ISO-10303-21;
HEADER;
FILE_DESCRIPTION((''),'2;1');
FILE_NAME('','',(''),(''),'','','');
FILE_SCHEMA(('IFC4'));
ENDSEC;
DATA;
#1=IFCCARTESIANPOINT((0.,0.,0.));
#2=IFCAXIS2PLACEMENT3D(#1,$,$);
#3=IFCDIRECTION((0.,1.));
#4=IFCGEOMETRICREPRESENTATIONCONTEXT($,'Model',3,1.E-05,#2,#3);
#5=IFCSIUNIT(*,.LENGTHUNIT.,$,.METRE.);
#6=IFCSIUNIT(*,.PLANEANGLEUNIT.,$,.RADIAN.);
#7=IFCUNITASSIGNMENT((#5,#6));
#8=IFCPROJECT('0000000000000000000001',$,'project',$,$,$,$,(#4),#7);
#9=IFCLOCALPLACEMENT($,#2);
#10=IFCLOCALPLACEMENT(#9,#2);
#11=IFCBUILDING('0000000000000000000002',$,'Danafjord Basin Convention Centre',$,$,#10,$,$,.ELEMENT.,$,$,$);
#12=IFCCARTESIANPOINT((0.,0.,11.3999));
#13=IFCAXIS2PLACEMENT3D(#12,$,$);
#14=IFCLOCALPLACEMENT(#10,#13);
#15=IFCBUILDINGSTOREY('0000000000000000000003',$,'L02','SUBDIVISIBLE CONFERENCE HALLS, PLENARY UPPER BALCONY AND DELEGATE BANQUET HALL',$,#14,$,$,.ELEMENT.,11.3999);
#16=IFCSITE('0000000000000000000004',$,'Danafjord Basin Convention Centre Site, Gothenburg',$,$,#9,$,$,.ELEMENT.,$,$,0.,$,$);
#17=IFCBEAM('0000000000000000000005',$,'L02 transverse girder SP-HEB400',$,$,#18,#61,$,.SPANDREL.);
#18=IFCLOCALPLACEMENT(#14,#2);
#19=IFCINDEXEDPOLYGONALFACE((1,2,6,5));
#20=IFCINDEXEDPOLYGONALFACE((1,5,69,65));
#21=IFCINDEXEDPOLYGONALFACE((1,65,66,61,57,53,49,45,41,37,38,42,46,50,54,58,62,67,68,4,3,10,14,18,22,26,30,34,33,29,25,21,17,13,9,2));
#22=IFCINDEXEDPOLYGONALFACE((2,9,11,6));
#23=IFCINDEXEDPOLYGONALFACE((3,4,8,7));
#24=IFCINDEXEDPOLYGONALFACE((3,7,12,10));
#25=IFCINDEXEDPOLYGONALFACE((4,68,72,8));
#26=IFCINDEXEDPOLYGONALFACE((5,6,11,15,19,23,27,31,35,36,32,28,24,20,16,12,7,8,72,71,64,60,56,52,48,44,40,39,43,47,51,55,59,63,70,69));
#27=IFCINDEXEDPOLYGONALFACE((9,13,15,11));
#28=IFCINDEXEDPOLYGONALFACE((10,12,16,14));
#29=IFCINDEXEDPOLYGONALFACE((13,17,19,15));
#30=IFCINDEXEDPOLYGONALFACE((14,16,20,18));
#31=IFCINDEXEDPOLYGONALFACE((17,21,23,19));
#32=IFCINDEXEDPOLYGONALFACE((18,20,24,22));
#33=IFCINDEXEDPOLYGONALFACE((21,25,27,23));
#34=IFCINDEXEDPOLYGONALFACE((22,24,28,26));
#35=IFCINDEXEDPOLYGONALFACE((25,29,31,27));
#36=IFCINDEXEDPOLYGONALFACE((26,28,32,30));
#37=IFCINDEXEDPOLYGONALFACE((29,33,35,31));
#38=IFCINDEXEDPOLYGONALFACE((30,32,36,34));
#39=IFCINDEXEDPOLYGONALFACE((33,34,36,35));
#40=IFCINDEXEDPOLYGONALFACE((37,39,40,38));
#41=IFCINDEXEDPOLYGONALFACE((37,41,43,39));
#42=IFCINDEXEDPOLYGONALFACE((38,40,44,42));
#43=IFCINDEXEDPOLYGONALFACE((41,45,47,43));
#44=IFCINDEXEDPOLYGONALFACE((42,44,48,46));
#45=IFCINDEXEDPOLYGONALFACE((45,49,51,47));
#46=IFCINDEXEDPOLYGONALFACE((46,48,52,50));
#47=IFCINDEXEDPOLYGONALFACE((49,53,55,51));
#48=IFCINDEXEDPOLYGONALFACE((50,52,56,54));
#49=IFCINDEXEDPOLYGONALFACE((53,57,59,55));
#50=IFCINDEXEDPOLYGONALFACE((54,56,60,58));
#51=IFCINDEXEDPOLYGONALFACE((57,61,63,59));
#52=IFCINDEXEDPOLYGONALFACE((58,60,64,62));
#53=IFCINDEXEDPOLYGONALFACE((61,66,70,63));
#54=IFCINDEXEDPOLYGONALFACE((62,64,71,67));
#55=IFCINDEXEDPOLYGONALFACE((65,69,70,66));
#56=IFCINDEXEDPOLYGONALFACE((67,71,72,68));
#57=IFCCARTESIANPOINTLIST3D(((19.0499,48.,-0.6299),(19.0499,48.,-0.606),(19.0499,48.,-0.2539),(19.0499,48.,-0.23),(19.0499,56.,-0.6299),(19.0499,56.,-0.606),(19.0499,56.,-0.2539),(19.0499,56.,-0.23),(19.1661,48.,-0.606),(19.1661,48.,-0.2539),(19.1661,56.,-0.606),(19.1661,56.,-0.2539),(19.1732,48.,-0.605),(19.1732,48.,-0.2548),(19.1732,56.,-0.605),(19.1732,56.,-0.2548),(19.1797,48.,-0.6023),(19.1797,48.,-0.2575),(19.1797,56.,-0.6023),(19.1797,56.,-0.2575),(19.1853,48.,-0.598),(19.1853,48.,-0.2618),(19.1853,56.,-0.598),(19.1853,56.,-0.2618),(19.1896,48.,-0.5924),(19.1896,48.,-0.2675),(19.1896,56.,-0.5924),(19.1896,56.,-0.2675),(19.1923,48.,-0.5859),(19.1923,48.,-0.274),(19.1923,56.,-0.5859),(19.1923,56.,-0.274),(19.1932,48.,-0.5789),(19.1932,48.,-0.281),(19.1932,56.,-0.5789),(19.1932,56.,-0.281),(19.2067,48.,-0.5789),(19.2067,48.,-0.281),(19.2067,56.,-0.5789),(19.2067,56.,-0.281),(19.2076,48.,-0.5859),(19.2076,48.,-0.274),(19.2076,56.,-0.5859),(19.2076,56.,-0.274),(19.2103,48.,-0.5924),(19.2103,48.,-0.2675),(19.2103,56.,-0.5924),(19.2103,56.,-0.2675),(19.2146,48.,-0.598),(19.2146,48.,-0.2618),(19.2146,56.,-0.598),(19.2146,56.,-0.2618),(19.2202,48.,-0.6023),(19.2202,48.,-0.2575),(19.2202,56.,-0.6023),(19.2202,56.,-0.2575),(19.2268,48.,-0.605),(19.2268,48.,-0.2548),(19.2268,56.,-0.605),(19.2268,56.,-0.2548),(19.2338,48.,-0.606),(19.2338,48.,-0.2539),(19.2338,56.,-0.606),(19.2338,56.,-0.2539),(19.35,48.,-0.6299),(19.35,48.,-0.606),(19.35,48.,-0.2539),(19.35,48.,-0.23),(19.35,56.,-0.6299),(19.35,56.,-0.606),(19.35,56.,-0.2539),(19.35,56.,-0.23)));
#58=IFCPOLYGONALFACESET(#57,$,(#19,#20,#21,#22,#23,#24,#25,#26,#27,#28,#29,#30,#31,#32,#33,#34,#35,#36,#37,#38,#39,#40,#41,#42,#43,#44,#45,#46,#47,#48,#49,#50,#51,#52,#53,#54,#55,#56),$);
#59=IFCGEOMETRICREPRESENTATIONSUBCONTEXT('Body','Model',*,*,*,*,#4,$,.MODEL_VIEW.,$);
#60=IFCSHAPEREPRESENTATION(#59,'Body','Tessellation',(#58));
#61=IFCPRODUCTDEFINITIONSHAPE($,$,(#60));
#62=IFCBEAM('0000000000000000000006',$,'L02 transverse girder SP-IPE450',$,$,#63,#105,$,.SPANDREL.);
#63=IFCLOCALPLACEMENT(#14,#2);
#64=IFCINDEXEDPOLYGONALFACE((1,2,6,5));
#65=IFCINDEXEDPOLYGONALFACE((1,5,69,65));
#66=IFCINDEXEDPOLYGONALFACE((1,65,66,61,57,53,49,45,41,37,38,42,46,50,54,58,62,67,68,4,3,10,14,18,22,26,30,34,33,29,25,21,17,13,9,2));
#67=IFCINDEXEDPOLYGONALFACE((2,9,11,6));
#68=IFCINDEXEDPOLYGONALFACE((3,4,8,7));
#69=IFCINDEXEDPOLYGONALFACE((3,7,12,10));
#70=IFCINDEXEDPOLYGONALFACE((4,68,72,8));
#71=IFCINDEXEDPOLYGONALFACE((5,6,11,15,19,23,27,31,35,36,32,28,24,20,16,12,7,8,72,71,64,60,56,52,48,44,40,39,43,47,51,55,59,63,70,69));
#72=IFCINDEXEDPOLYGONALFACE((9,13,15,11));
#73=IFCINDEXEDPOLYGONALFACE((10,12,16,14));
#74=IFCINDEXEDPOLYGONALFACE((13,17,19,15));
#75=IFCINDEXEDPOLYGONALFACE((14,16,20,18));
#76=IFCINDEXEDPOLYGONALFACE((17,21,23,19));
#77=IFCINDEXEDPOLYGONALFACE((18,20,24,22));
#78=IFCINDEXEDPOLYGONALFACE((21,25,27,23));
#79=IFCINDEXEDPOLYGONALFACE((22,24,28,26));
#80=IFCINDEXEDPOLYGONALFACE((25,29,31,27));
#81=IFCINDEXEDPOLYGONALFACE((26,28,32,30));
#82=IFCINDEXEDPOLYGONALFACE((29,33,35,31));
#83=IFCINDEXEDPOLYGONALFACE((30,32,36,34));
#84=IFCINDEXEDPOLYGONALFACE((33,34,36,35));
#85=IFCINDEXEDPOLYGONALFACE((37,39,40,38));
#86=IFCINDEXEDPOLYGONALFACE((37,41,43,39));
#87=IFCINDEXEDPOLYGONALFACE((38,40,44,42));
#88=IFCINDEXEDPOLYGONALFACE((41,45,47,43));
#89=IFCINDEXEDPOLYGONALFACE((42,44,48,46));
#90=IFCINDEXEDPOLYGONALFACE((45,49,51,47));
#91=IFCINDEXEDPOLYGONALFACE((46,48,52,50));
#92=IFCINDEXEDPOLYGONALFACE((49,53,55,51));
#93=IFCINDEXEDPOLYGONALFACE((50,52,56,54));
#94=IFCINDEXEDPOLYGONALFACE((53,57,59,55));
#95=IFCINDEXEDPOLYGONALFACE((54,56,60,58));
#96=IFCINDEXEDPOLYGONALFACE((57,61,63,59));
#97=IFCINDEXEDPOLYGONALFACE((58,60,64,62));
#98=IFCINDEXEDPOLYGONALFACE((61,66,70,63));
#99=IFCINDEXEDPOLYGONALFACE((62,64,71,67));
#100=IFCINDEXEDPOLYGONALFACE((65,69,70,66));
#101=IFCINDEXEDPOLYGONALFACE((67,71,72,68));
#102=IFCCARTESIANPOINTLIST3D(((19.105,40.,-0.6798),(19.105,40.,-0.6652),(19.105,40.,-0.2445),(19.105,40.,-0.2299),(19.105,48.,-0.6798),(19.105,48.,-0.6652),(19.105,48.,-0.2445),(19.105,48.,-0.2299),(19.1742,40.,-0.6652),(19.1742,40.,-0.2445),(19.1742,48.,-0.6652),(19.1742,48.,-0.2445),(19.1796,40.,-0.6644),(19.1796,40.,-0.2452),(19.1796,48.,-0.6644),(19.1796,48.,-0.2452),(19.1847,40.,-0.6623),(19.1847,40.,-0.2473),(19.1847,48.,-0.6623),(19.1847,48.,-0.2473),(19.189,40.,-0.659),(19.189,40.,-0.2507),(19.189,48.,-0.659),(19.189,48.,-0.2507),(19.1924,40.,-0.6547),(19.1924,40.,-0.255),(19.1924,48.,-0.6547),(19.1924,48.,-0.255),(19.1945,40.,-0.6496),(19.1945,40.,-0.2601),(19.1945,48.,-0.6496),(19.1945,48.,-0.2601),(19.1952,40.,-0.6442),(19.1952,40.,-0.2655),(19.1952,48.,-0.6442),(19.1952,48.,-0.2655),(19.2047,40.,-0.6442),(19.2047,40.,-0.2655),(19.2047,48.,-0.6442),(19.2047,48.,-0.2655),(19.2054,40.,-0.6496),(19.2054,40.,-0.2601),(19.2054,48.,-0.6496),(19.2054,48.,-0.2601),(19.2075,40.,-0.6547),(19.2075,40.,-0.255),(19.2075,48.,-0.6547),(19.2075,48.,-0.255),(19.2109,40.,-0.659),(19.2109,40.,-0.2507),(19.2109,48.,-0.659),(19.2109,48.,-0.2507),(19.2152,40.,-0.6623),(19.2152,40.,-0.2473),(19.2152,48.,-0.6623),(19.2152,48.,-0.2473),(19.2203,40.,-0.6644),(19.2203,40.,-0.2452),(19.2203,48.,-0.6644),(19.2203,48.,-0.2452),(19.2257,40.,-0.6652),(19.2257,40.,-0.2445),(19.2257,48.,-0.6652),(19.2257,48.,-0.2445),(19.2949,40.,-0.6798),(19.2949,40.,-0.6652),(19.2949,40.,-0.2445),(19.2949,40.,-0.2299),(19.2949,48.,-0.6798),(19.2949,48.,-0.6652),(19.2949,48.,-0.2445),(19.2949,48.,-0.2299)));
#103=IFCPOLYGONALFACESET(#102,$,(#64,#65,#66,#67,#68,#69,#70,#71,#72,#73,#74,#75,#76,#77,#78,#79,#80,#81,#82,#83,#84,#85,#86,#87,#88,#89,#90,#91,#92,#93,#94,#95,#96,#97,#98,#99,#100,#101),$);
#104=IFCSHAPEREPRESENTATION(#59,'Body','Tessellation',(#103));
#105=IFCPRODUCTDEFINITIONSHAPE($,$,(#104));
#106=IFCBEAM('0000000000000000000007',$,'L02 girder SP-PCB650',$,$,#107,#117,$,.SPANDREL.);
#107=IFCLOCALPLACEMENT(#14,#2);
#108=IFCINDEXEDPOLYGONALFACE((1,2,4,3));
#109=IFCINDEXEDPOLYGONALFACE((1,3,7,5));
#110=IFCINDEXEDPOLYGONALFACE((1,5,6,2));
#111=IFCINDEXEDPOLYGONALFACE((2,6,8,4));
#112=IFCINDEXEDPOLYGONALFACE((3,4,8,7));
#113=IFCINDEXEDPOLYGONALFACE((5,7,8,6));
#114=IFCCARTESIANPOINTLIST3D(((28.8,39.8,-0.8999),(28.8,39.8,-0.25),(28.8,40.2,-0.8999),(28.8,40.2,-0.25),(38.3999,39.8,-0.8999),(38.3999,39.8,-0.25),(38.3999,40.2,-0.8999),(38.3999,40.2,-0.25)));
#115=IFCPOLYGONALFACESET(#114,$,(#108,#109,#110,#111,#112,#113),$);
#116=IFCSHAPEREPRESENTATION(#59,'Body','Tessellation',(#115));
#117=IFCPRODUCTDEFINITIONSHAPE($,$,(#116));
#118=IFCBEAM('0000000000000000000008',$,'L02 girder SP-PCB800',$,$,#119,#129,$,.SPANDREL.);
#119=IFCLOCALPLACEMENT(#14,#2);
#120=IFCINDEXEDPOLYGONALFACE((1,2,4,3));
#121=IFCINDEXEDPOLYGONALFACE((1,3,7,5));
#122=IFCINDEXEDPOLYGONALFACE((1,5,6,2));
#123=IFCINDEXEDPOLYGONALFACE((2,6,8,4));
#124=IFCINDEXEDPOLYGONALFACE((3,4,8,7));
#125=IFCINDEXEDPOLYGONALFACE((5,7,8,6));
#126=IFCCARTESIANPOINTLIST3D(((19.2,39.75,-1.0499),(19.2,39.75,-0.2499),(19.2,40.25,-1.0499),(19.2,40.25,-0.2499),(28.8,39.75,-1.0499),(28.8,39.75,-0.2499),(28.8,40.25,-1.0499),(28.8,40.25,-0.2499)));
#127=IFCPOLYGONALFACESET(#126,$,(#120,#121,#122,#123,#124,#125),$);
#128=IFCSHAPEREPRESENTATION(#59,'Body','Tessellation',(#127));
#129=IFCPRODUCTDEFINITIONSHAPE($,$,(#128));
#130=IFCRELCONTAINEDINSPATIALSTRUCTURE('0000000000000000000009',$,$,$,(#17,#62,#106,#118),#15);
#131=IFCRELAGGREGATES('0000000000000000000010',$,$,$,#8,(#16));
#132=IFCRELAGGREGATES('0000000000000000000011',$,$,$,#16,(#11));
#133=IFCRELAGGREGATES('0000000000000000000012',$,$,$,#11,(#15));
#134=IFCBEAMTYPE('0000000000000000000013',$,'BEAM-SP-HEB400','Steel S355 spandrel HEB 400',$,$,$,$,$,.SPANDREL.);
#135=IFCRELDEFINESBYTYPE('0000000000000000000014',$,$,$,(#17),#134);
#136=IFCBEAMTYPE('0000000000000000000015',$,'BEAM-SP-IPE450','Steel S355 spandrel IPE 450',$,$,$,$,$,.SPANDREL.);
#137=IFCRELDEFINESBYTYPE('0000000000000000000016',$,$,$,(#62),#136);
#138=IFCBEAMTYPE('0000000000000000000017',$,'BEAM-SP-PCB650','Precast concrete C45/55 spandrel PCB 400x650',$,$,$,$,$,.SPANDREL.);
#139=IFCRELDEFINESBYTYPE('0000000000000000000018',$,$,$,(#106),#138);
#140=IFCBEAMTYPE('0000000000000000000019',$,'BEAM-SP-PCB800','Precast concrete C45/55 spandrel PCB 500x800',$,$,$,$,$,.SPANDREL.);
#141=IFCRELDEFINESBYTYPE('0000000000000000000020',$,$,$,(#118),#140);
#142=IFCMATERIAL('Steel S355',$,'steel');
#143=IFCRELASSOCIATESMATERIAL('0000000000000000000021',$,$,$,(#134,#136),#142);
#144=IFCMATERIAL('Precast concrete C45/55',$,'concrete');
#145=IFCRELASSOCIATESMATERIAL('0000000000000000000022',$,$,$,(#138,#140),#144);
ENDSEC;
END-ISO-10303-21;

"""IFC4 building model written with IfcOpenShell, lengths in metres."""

from ifc_helpers import new_model, si_unit, direction, frame, origin, origin_2d, place, context, subcontext, project, spatial, rectangle, i_section, extrude, material, material_profile, profile_set, type_object, element, save


model = new_model("IFC4")

# Units and contexts
model_context = context("Model", 3, precision=1e-05, world=origin(), true_north=direction((0.0, 1.0)))
body_context = subcontext(model_context, "Body", "Model", "MODEL_VIEW")
ifc_project = project(units=[si_unit("LENGTHUNIT", "METRE"), si_unit("PLANEANGLEUNIT", "RADIAN")], contexts=[model_context])

# Site, building, storey
site_placement = place(None, origin())
site = spatial("IfcSite", under=ifc_project, at=site_placement, Name="Danafjord Basin Convention Centre Site, Gothenburg", CompositionType="ELEMENT", RefElevation=0.0)
building_placement = place(site_placement, origin())
building = spatial("IfcBuilding", under=site, at=building_placement, Name="Danafjord Basin Convention Centre", CompositionType="ELEMENT")
storey_placement = place(building_placement, frame((0.0, 0.0, 11.3999)))
storey = spatial("IfcBuildingStorey", under=building, at=storey_placement, Name="L02", Description="SUBDIVISIBLE CONFERENCE HALLS, PLENARY UPPER BALCONY AND DELEGATE BANQUET HALL", CompositionType="ELEMENT", Elevation=11.3999)

# Shared definitions
ifc_material_1 = material(Name="Steel S355", Category="steel")

# Beams
ifc_material_profile_1 = material_profile(ifc_material_1, i_section(OverallWidth=0.3, OverallDepth=0.3999, WebThickness=0.0134, FlangeThickness=0.0239, FilletRadius=0.0271, at=origin_2d()), Name="HEB 400")
ifc_profile_set_1 = profile_set([ifc_material_profile_1], Name="Steel S355")
beam_type_1 = type_object("IfcBeamType", Name="BEAM-SP-HEB400", Description="Steel S355 spandrel HEB 400", PredefinedType="SPANDREL", material=ifc_profile_set_1)
beam_1_placement = place(storey_placement, frame((19.2, 48.0, -0.4299), z_axis=(0.0, 1.0, 0.0), x_axis=(-1.0, 0.0, 0.0)))
element("IfcBeam", 1, at=beam_1_placement, inside=storey, type_object=beam_type_1, Name="L02 transverse girder SP-HEB400", PredefinedType="SPANDREL", context=body_context, shape_type="SweptSolid", body=[
    extrude(i_section(OverallWidth=0.3, OverallDepth=0.3999, WebThickness=0.0134, FlangeThickness=0.0239, FilletRadius=0.0271, at=origin_2d()), origin(), (0.0, 0.0, 1.0), 8.0),
])
ifc_material_profile_2 = material_profile(ifc_material_1, i_section(OverallWidth=0.1899, OverallDepth=0.45, WebThickness=0.0095, FlangeThickness=0.0146, FilletRadius=0.021, at=origin_2d()), Name="IPE 450")
ifc_profile_set_2 = profile_set([ifc_material_profile_2], Name="Steel S355")
beam_type_2 = type_object("IfcBeamType", Name="BEAM-SP-IPE450", Description="Steel S355 spandrel IPE 450", PredefinedType="SPANDREL", material=ifc_profile_set_2)
beam_2_placement = place(storey_placement, frame((19.2, 40.0, -0.4548), z_axis=(0.0, 1.0, 0.0), x_axis=(-1.0, 0.0, 0.0)))
element("IfcBeam", 2, at=beam_2_placement, inside=storey, type_object=beam_type_2, Name="L02 transverse girder SP-IPE450", PredefinedType="SPANDREL", context=body_context, shape_type="SweptSolid", body=[
    extrude(i_section(OverallWidth=0.1899, OverallDepth=0.45, WebThickness=0.0095, FlangeThickness=0.0146, FilletRadius=0.021, at=origin_2d()), origin(), (0.0, 0.0, 1.0), 8.0),
])
ifc_material_2 = material(Name="Precast concrete C45/55", Category="concrete")
ifc_material_profile_3 = material_profile(ifc_material_2, rectangle(XDim=0.3999, YDim=0.6499, at=origin_2d()), Name="PCB 400x650")
ifc_profile_set_3 = profile_set([ifc_material_profile_3], Name="Precast concrete C45/55")
beam_type_3 = type_object("IfcBeamType", Name="BEAM-SP-PCB650", Description="Precast concrete C45/55 spandrel PCB 400x650", PredefinedType="SPANDREL", material=ifc_profile_set_3)
beam_3_placement = place(storey_placement, frame((28.8, 40.0, -0.575), z_axis=(1.0, 0.0, 0.0), x_axis=(0.0, 1.0, 0.0)))
element("IfcBeam", 3, at=beam_3_placement, inside=storey, type_object=beam_type_3, Name="L02 girder SP-PCB650", PredefinedType="SPANDREL", context=body_context, shape_type="SweptSolid", body=[
    extrude(rectangle(XDim=0.3999, YDim=0.6499, at=origin_2d()), origin(), (0.0, 0.0, 1.0), 9.5999),
])
ifc_material_profile_4 = material_profile(ifc_material_2, rectangle(XDim=0.5, YDim=0.8, at=origin_2d()), Name="PCB 500x800")
ifc_profile_set_4 = profile_set([ifc_material_profile_4], Name="Precast concrete C45/55")
beam_type_4 = type_object("IfcBeamType", Name="BEAM-SP-PCB800", Description="Precast concrete C45/55 spandrel PCB 500x800", PredefinedType="SPANDREL", material=ifc_profile_set_4)
beam_4_placement = place(storey_placement, frame((19.2, 40.0, -0.6499), z_axis=(1.0, 0.0, 0.0), x_axis=(0.0, 1.0, 0.0)))
element("IfcBeam", 4, at=beam_4_placement, inside=storey, type_object=beam_type_4, Name="L02 girder SP-PCB800", PredefinedType="SPANDREL", context=body_context, shape_type="SweptSolid", body=[
    extrude(rectangle(XDim=0.5, YDim=0.8, at=origin_2d()), origin(), (0.0, 0.0, 1.0), 9.6001),
])

save(model, "model.ifc")
